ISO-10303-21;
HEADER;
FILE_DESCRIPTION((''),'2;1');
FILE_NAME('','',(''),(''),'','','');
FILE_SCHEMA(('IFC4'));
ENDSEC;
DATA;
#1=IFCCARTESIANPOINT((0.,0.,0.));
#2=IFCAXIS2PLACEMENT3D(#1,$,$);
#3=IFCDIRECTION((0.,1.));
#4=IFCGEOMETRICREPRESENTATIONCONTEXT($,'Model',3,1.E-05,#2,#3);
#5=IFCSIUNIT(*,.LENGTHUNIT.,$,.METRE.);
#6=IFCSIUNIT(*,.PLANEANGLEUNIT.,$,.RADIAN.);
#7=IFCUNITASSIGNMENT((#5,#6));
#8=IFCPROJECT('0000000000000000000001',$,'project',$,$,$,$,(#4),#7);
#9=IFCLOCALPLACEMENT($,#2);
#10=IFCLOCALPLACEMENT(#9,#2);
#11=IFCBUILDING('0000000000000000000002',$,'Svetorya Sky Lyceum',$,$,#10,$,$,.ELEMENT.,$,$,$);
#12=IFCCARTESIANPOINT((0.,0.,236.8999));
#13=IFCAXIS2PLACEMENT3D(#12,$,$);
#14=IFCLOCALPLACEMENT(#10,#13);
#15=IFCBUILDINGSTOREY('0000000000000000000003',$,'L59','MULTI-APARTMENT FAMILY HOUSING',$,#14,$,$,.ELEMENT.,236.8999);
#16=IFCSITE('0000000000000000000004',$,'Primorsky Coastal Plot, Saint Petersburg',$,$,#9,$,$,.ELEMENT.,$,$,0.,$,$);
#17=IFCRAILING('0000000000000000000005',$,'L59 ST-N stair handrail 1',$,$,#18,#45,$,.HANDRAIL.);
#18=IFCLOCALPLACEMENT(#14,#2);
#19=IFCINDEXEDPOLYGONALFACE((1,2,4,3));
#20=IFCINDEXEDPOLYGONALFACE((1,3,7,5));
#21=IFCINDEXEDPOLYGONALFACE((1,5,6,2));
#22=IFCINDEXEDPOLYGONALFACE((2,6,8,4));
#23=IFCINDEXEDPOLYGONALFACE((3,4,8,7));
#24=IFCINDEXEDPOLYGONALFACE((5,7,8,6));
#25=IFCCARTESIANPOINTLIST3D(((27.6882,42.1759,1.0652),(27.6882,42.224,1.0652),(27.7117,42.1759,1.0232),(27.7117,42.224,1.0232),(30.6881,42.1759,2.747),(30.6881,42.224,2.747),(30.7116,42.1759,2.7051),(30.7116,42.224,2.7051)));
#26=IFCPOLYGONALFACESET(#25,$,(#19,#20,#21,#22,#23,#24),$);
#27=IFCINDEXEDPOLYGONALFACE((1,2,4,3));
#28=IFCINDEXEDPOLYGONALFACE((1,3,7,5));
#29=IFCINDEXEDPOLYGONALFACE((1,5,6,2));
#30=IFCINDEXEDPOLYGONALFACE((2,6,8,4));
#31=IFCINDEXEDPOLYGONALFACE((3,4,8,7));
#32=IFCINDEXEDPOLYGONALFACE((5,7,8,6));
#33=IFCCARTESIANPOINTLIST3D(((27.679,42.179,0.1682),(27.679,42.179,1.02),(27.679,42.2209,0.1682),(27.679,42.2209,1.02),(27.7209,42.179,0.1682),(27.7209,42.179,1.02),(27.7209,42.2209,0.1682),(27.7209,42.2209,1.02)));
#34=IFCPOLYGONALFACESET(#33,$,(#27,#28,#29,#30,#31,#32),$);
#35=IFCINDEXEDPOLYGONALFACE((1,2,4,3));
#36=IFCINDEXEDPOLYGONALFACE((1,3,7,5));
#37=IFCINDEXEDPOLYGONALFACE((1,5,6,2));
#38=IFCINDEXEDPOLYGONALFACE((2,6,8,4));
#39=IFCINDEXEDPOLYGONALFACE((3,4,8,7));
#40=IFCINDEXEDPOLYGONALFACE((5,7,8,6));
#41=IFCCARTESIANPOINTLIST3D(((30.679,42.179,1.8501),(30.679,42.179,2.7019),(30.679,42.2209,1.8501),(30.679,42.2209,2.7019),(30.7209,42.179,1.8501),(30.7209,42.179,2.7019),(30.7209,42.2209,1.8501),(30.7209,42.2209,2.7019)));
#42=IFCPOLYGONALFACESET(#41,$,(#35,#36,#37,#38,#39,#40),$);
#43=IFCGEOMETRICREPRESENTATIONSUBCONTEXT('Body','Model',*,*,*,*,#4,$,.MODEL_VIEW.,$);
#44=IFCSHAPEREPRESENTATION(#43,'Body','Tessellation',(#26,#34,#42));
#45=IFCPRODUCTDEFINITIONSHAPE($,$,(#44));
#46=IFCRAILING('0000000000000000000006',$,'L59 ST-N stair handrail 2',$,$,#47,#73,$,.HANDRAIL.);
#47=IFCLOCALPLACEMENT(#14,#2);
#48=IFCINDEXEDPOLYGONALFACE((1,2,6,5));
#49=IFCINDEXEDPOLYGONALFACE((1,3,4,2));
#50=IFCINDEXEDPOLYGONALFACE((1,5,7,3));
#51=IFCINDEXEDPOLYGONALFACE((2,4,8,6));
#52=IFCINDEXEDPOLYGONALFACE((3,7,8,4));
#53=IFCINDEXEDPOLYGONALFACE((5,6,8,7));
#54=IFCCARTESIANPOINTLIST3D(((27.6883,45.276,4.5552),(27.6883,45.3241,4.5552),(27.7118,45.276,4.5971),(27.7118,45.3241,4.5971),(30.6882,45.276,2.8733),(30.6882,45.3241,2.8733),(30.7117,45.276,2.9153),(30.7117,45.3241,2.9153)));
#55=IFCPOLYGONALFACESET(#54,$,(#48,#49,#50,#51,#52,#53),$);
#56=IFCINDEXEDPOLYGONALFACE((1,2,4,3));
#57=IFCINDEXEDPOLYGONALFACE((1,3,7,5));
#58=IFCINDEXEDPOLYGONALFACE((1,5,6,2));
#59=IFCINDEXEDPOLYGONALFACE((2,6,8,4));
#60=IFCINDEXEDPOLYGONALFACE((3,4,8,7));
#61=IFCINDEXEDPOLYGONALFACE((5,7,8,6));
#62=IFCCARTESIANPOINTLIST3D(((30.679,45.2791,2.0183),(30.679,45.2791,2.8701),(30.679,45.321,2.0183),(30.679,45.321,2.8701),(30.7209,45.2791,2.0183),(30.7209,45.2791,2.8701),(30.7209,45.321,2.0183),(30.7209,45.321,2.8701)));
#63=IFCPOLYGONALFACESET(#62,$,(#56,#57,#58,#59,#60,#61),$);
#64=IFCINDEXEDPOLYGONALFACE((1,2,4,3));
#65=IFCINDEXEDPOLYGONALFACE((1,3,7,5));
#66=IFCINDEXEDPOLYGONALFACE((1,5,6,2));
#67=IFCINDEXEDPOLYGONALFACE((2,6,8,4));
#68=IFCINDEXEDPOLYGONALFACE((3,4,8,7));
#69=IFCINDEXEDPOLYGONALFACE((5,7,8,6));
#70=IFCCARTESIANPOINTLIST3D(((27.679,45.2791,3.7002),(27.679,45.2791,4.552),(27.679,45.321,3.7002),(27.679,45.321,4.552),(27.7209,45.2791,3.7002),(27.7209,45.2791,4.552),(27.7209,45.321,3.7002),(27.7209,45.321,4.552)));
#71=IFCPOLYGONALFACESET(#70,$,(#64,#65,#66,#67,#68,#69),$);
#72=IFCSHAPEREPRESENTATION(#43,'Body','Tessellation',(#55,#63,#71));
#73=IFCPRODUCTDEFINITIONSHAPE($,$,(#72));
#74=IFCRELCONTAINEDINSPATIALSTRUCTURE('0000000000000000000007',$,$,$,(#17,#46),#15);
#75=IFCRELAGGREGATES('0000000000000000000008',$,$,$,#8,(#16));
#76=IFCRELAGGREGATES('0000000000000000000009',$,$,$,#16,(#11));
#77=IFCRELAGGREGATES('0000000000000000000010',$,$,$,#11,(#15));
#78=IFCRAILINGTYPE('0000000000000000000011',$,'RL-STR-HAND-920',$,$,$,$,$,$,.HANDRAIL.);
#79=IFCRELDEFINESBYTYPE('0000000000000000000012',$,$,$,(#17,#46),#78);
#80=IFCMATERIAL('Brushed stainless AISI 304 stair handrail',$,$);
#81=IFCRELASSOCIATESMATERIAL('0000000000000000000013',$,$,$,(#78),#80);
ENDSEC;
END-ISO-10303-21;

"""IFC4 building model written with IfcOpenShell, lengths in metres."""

from ifc_helpers import new_model, si_unit, direction, frame, origin, origin_2d, place, context, subcontext, project, spatial, rectangle, extrude, material, type_object, element, save


model = new_model("IFC4")

# Units and contexts
model_context = context("Model", 3, precision=1e-05, world=origin(), true_north=direction((0.0, 1.0)))
body_context = subcontext(model_context, "Body", "Model", "MODEL_VIEW")
ifc_project = project(units=[si_unit("LENGTHUNIT", "METRE"), si_unit("PLANEANGLEUNIT", "RADIAN")], contexts=[model_context])

# Site, building, storey
site_placement = place(None, origin())
site = spatial("IfcSite", under=ifc_project, at=site_placement, Name="Primorsky Coastal Plot, Saint Petersburg", CompositionType="ELEMENT", RefElevation=0.0)
building_placement = place(site_placement, origin())
building = spatial("IfcBuilding", under=site, at=building_placement, Name="Svetorya Sky Lyceum", CompositionType="ELEMENT")
storey_placement = place(building_placement, frame((0.0, 0.0, 236.8999)))
storey = spatial("IfcBuildingStorey", under=building, at=storey_placement, Name="L59", Description="MULTI-APARTMENT FAMILY HOUSING", CompositionType="ELEMENT", Elevation=236.8999)

# Railings
ifc_material_1 = material(Name="Brushed stainless AISI 304 stair handrail")
railing_type_1 = type_object("IfcRailingType", Name="RL-STR-HAND-920", PredefinedType="HANDRAIL", material=ifc_material_1)
railing_1_placement = place(storey_placement, frame((27.7, 42.2, 0.1682)))
element("IfcRailing", 1, at=railing_1_placement, inside=storey, type_object=railing_type_1, Name="L59 ST-N stair handrail 1", PredefinedType="HANDRAIL", context=body_context, shape_type="SweptSolid", body=[
    extrude(rectangle(XDim=0.0481, YDim=0.0481, at=origin_2d()), frame((0.0, 0.0, 0.876), z_axis=(0.872272, 0.0, 0.48902), x_axis=(0.0, 1.0, 0.0)), (0.0, 0.0, 1.0), 3.4392),
    extrude(rectangle(XDim=0.042, YDim=0.042, at=origin_2d()), origin(), (0.0, 0.0, 1.0), 0.8518),
    extrude(rectangle(XDim=0.042, YDim=0.042, at=origin_2d()), frame((3.0, 0.0, 1.6819)), (0.0, 0.0, 1.0), 0.8518),
])
railing_2_placement = place(storey_placement, frame((30.7, 45.3, 2.0183)))
element("IfcRailing", 2, at=railing_2_placement, inside=storey, type_object=railing_type_1, Name="L59 ST-N stair handrail 2", PredefinedType="HANDRAIL", context=body_context, shape_type="SweptSolid", body=[
    extrude(rectangle(XDim=0.0481, YDim=0.0481, at=origin_2d()), frame((0.0, 0.0, 0.876), z_axis=(-0.872272, 0.0, 0.48902), x_axis=(0.0, -1.0, 0.0)), (0.0, 0.0, 1.0), 3.4392),
    extrude(rectangle(XDim=0.042, YDim=0.042, at=origin_2d()), origin(), (0.0, 0.0, 1.0), 0.8518),
    extrude(rectangle(XDim=0.042, YDim=0.042, at=origin_2d()), frame((-3.0, 0.0, 1.6819)), (0.0, 0.0, 1.0), 0.8518),
])

save(model, "model.ifc")
